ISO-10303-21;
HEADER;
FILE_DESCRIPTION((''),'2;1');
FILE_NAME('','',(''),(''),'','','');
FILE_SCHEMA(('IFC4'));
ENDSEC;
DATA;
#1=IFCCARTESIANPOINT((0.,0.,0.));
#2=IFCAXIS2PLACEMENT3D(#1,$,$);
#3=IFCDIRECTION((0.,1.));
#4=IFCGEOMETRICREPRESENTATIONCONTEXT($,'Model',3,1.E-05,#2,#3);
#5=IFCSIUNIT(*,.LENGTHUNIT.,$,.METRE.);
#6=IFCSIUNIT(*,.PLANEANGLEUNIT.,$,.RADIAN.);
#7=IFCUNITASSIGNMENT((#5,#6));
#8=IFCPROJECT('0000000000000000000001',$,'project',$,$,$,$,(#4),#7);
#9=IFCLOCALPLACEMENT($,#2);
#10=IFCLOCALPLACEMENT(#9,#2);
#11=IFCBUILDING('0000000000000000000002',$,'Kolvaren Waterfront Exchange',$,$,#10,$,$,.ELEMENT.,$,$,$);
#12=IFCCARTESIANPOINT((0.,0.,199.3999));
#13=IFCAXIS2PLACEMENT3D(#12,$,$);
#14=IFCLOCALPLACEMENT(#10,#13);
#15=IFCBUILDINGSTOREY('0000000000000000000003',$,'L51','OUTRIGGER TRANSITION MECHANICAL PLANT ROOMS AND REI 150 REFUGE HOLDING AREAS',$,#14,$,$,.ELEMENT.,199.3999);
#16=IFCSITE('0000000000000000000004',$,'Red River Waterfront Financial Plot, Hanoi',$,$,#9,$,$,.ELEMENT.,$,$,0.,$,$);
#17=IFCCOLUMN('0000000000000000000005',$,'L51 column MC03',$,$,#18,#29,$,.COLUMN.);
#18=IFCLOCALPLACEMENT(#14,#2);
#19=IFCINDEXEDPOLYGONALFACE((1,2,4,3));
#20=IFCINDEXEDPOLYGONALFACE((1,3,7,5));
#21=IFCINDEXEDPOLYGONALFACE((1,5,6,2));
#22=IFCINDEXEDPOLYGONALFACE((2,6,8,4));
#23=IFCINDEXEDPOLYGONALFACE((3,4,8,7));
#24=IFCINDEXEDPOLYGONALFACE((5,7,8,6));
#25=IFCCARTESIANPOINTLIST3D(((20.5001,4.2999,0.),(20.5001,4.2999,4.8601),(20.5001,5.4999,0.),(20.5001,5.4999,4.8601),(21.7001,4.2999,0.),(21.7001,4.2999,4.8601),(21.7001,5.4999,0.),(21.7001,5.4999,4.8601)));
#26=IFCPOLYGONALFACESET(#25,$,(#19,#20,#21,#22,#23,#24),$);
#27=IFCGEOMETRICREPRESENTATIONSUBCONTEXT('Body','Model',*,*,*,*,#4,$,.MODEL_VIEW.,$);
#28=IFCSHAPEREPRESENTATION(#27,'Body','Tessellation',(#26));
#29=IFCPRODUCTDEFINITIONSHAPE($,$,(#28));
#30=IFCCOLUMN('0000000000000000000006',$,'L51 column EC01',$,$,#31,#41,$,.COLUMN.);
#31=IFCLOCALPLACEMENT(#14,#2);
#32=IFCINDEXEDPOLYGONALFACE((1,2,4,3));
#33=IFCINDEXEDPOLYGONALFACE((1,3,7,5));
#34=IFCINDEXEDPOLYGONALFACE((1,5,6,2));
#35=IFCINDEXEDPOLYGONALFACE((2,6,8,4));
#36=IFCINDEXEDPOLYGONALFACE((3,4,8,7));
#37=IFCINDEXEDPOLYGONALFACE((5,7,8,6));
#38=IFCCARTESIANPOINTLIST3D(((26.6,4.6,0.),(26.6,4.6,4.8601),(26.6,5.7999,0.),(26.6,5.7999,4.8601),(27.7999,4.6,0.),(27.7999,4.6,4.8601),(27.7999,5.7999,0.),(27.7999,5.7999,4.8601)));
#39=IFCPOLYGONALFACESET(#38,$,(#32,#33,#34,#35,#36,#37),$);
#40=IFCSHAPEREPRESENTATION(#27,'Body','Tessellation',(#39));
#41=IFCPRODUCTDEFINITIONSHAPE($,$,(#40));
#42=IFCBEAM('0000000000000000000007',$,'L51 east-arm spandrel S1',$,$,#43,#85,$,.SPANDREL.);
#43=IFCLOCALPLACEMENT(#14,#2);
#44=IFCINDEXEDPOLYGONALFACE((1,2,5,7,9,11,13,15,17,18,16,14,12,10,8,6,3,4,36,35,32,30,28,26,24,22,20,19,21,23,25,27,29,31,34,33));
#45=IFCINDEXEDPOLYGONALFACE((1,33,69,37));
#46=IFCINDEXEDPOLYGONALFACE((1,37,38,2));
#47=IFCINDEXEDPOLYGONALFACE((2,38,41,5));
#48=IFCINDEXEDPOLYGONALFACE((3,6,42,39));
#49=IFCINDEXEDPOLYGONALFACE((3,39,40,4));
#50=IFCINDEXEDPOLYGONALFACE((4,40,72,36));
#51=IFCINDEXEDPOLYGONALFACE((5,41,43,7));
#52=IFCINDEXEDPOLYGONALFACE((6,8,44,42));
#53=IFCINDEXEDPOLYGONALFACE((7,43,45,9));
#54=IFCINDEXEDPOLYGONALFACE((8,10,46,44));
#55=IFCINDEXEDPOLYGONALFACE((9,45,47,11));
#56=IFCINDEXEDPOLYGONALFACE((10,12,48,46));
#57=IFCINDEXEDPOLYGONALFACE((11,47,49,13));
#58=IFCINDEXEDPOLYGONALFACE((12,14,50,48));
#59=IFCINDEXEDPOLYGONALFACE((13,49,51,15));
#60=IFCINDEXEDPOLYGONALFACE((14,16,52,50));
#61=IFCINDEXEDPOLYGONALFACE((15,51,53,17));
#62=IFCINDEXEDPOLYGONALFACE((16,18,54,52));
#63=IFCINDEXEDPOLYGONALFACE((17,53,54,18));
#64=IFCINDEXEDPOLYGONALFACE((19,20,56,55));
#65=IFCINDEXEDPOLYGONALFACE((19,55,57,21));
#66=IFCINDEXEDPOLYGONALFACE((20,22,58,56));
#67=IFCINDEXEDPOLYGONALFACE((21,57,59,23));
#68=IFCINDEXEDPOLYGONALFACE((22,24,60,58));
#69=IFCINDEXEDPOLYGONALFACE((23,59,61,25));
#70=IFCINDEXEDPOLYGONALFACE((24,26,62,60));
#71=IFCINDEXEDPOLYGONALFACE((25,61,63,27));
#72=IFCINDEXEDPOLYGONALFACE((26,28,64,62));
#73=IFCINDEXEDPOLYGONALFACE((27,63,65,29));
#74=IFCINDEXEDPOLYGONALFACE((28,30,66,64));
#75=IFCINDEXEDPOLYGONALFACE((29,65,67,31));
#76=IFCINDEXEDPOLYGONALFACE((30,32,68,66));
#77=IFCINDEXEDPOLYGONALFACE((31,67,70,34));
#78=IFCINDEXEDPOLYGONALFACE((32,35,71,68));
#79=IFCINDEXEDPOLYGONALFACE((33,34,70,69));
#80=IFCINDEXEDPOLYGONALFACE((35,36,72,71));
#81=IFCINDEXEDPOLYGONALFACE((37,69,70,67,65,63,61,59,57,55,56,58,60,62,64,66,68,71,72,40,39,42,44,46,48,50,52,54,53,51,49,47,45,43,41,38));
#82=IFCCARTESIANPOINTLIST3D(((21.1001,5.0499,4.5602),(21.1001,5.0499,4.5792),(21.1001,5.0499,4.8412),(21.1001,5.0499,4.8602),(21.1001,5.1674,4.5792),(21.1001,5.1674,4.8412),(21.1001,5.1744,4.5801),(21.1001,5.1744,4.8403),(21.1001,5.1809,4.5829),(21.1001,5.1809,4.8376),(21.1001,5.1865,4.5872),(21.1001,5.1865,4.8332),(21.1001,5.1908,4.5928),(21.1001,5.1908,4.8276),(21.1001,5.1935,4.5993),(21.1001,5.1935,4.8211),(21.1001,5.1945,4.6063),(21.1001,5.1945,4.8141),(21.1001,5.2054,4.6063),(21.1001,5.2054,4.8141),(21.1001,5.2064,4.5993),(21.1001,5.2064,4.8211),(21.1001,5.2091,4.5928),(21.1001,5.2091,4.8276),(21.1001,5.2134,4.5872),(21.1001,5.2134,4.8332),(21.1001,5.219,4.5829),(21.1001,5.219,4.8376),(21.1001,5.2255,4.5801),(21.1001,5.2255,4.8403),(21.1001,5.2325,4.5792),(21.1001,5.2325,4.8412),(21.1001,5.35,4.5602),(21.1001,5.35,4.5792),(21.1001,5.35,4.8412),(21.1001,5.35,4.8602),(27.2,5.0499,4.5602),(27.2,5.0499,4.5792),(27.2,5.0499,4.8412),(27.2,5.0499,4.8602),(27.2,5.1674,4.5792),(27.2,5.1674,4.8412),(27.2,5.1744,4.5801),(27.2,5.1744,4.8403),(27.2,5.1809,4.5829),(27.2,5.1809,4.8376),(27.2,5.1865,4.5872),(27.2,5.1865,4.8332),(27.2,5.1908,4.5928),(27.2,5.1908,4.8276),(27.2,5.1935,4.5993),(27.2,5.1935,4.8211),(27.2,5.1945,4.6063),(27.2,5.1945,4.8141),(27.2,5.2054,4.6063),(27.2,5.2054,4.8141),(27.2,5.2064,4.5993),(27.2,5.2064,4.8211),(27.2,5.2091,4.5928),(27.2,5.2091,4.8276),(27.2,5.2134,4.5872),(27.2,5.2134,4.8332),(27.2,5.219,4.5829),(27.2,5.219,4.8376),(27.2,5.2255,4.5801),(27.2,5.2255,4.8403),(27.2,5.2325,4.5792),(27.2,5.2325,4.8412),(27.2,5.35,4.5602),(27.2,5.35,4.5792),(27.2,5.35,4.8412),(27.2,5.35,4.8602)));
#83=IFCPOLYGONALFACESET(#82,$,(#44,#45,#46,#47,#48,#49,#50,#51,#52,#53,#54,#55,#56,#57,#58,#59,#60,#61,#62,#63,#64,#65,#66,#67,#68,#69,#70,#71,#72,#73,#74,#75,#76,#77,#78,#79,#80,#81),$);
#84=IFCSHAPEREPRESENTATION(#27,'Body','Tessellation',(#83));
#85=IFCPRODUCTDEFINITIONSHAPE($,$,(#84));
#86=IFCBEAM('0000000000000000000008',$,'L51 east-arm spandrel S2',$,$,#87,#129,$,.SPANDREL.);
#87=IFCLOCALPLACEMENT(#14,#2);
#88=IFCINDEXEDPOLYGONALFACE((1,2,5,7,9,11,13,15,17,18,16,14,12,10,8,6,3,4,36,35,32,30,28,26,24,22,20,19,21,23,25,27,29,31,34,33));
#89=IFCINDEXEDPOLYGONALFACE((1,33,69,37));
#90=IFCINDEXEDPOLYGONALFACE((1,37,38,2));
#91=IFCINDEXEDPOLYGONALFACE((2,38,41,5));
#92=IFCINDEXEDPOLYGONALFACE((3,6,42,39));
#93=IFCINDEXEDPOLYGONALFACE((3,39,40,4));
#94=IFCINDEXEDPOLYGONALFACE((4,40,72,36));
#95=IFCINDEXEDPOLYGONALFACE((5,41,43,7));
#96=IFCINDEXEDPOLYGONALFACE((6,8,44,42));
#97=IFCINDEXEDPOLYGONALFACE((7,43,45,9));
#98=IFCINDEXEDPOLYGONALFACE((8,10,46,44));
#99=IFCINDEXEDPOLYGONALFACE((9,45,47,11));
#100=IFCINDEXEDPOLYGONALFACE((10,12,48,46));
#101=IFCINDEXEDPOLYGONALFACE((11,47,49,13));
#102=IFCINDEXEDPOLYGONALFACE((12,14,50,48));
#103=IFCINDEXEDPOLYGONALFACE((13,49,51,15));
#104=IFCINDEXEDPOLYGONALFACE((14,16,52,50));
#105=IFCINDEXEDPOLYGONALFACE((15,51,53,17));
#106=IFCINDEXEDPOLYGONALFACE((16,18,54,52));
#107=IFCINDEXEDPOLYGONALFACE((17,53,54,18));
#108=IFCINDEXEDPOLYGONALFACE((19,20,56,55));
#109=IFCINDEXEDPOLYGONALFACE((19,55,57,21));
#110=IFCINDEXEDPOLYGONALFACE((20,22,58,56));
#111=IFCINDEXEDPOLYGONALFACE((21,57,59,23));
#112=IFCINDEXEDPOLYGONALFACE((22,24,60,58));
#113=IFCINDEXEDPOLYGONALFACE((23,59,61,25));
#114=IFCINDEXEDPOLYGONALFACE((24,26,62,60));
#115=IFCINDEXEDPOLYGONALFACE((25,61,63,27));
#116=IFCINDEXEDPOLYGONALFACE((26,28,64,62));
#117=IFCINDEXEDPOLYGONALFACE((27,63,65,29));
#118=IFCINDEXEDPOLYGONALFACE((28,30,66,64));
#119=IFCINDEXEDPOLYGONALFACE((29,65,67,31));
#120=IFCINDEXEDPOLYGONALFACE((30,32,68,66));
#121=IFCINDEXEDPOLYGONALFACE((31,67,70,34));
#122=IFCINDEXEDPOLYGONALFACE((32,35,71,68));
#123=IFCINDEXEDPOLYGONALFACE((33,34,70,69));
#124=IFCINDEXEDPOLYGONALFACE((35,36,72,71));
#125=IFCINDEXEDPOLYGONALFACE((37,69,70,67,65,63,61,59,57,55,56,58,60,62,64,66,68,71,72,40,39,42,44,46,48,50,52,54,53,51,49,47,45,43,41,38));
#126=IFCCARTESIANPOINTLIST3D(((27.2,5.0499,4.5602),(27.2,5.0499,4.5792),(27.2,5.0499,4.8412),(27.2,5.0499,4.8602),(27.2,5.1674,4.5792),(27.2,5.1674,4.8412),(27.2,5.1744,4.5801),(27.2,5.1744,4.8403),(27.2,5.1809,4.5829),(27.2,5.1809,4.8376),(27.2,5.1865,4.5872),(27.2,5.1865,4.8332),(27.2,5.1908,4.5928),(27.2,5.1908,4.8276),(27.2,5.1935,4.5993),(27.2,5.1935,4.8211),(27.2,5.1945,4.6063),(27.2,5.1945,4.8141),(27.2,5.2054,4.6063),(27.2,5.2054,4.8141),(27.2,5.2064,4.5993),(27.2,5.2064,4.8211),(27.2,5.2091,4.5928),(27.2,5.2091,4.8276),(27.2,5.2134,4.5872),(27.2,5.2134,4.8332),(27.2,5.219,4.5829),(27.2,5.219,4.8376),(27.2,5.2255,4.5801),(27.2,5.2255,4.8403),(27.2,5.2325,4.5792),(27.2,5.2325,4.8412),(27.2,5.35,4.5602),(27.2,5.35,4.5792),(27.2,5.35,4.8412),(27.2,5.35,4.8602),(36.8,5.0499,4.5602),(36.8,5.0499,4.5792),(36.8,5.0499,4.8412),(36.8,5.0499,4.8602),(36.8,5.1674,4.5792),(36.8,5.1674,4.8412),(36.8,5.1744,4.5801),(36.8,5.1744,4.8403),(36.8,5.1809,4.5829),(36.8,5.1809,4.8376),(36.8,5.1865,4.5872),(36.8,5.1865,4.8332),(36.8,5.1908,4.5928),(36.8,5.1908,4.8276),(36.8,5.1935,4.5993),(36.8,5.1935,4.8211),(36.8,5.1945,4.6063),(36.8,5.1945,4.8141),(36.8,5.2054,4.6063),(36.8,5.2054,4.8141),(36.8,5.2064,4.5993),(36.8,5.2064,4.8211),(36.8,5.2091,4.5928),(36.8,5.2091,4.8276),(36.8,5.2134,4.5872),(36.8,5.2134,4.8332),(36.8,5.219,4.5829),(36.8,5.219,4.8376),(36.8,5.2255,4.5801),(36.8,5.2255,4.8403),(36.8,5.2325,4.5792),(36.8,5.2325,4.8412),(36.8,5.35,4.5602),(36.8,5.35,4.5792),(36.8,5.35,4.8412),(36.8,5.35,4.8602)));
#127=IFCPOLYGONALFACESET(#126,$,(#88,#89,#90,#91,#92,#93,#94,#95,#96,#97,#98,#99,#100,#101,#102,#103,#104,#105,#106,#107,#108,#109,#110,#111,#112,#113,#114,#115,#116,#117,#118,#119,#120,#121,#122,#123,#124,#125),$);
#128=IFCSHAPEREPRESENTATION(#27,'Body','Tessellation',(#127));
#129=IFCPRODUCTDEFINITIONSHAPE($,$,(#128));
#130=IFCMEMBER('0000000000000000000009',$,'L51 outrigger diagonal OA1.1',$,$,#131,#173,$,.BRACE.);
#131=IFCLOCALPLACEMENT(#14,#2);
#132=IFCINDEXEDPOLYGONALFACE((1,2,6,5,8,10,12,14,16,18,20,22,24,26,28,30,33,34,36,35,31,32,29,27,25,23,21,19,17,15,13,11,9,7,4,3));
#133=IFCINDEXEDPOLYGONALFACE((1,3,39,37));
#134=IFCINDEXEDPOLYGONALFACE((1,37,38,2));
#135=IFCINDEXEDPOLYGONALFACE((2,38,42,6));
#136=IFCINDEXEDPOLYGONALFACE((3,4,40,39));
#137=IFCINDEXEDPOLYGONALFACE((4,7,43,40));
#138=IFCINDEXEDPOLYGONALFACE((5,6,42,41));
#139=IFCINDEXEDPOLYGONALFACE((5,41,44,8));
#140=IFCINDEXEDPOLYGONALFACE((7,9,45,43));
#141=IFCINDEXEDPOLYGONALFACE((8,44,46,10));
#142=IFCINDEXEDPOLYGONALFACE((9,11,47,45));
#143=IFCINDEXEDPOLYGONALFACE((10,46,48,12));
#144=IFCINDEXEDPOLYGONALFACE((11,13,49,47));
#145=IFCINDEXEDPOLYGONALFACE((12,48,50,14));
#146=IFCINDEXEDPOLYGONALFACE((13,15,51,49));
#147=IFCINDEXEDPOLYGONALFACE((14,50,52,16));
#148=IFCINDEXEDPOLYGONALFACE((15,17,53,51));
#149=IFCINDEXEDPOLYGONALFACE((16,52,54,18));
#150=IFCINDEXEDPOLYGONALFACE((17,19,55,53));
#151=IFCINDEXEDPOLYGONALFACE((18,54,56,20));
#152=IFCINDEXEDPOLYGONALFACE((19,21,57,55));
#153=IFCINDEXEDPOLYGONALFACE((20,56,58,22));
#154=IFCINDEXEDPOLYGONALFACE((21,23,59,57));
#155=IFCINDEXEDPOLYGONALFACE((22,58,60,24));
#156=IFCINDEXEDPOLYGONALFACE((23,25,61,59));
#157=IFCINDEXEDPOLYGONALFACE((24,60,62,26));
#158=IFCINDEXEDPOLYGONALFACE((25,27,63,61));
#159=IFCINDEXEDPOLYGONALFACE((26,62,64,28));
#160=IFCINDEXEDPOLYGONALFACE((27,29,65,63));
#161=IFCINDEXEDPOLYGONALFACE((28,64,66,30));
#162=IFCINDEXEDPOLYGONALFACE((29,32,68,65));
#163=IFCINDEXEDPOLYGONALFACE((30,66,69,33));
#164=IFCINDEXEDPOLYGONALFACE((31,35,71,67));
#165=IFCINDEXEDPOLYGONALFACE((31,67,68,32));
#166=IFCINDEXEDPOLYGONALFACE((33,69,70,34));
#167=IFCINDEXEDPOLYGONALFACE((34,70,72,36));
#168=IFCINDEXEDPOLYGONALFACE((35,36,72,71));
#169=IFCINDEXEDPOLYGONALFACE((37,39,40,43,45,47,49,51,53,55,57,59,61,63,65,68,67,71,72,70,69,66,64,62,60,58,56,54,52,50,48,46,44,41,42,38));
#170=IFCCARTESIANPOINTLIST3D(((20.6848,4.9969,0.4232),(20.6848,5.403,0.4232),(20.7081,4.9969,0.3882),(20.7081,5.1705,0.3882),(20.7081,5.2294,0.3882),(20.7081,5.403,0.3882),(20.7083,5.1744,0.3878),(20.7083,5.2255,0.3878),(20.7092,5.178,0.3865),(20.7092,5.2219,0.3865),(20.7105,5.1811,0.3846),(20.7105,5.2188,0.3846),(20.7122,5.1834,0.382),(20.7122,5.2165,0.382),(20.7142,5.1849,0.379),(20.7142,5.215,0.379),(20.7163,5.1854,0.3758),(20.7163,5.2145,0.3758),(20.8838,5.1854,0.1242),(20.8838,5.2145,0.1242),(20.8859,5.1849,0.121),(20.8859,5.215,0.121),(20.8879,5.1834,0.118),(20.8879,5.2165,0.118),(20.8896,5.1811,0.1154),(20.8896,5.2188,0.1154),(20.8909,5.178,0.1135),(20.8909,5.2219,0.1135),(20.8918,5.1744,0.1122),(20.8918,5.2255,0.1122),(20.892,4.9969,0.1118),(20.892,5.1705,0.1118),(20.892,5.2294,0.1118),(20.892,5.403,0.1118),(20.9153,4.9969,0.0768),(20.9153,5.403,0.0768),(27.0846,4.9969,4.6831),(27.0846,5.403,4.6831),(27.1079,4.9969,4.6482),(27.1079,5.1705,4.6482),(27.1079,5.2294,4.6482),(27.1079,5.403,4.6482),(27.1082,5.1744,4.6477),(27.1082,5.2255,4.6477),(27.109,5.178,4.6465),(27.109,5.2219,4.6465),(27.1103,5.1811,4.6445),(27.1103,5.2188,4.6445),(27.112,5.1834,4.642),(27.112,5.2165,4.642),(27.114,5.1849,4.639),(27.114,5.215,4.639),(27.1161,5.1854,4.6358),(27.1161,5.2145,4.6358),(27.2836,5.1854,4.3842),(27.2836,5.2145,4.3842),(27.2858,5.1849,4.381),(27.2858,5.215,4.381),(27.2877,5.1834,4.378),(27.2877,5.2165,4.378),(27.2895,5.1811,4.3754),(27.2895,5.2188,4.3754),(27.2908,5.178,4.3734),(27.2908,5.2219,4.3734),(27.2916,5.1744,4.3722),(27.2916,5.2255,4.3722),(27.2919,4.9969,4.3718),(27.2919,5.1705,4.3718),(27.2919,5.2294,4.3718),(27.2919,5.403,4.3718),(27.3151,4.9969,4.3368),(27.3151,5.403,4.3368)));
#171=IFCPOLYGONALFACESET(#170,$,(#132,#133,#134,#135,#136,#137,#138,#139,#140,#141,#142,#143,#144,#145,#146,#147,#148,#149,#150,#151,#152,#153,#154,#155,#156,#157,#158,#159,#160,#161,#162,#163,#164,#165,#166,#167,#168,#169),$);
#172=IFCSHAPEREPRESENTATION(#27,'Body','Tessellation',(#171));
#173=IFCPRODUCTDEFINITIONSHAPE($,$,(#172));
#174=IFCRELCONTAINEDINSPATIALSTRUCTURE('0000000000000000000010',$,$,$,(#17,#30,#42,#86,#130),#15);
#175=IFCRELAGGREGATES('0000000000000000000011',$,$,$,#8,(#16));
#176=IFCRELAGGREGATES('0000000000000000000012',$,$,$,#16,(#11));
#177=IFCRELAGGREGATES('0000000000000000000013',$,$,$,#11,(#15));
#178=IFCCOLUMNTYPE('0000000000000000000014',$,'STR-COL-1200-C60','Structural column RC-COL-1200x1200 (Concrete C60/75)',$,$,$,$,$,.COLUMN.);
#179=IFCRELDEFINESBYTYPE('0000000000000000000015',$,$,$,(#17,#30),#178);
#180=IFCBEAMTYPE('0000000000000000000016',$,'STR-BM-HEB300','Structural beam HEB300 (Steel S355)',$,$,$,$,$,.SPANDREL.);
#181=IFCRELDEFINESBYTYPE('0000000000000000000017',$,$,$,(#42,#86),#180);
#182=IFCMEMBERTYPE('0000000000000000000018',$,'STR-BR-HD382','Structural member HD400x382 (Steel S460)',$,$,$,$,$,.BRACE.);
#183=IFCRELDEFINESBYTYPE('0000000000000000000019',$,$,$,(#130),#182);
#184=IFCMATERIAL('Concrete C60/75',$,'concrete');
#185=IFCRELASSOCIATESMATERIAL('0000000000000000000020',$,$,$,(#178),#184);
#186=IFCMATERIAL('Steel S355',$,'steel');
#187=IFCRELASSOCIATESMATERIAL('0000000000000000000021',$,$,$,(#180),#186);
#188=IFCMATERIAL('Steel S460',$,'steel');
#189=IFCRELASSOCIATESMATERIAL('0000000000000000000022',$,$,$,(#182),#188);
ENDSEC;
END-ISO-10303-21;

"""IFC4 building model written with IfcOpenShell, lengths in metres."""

from ifc_helpers import new_model, si_unit, direction, frame, origin, origin_2d, place, context, subcontext, project, spatial, rectangle, i_section, extrude, material, material_profile, profile_set, type_object, element, save


model = new_model("IFC4")

# Units and contexts
model_context = context("Model", 3, precision=1e-05, world=origin(), true_north=direction((0.0, 1.0)))
body_context = subcontext(model_context, "Body", "Model", "MODEL_VIEW")
ifc_project = project(units=[si_unit("LENGTHUNIT", "METRE"), si_unit("PLANEANGLEUNIT", "RADIAN")], contexts=[model_context])

# Site, building, storey
site_placement = place(None, origin())
site = spatial("IfcSite", under=ifc_project, at=site_placement, Name="Red River Waterfront Financial Plot, Hanoi", CompositionType="ELEMENT", RefElevation=0.0)
building_placement = place(site_placement, origin())
building = spatial("IfcBuilding", under=site, at=building_placement, Name="Kolvaren Waterfront Exchange", CompositionType="ELEMENT")
storey_placement = place(building_placement, frame((0.0, 0.0, 199.3999)))
storey = spatial("IfcBuildingStorey", under=building, at=storey_placement, Name="L51", Description="OUTRIGGER TRANSITION MECHANICAL PLANT ROOMS AND REI 150 REFUGE HOLDING AREAS", CompositionType="ELEMENT", Elevation=199.3999)

# Columns
ifc_material_1 = material(Name="Concrete C60/75", Category="concrete")
ifc_material_profile_1 = material_profile(ifc_material_1, rectangle(XDim=1.2, YDim=1.2, at=origin_2d()), Name="RC-COL-1200x1200")
ifc_profile_set_1 = profile_set([ifc_material_profile_1], Name="Concrete C60/75")
column_type = type_object("IfcColumnType", Name="STR-COL-1200-C60", Description="Structural column RC-COL-1200x1200 (Concrete C60/75)", PredefinedType="COLUMN", material=ifc_profile_set_1)
for number, where, z_axis, x_axis, name in (
    (1, (21.1001, 4.8999, 0.0), (0.0, 0.0, 1.0), (1.0, 0.0, 0.0), "L51 column MC03"),
    (2, (27.2, 5.2, 0.0), (0.0, 0.0, 1.0), (1.0, 0.0, 0.0), "L51 column EC01"),
):
    element("IfcColumn", number, at=place(storey_placement, frame(where, z_axis=z_axis, x_axis=x_axis)), inside=storey, type_object=column_type, Name=name, PredefinedType="COLUMN", context=body_context, shape_type="SweptSolid", body=[
        extrude(rectangle(XDim=1.2, YDim=1.2, at=origin_2d()), origin(), (0.0, 0.0, 1.0), 4.8601),
    ])

# Beams
ifc_material_2 = material(Name="Steel S355", Category="steel")
ifc_material_profile_2 = material_profile(ifc_material_2, i_section(OverallWidth=0.3, OverallDepth=0.3, WebThickness=0.011, FlangeThickness=0.019, FilletRadius=0.0271, at=origin_2d()), Name="HEB300")
ifc_profile_set_2 = profile_set([ifc_material_profile_2], Name="Steel S355")
beam_type = type_object("IfcBeamType", Name="STR-BM-HEB300", Description="Structural beam HEB300 (Steel S355)", PredefinedType="SPANDREL", material=ifc_profile_set_2)
beam_1_placement = place(storey_placement, frame((21.1001, 5.2, 4.7102), z_axis=(1.0, 0.0, 0.0), x_axis=(0.0, 1.0, 0.0)))
element("IfcBeam", 3, at=beam_1_placement, inside=storey, type_object=beam_type, Name="L51 east-arm spandrel S1", PredefinedType="SPANDREL", context=body_context, shape_type="SweptSolid", body=[
    extrude(i_section(OverallWidth=0.3, OverallDepth=0.3, WebThickness=0.011, FlangeThickness=0.019, FilletRadius=0.0271, at=origin_2d()), origin(), (0.0, 0.0, 1.0), 6.0999),
])
beam_2_placement = place(storey_placement, frame((27.2, 5.2, 4.7102), z_axis=(1.0, 0.0, 0.0), x_axis=(0.0, 1.0, 0.0)))
element("IfcBeam", 4, at=beam_2_placement, inside=storey, type_object=beam_type, Name="L51 east-arm spandrel S2", PredefinedType="SPANDREL", context=body_context, shape_type="SweptSolid", body=[
    extrude(i_section(OverallWidth=0.3, OverallDepth=0.3, WebThickness=0.011, FlangeThickness=0.019, FilletRadius=0.0271, at=origin_2d()), origin(), (0.0, 0.0, 1.0), 9.6001),
])

# Member
ifc_material_3 = material(Name="Steel S460", Category="steel")
ifc_material_profile_3 = material_profile(ifc_material_3, i_section(OverallWidth=0.406, OverallDepth=0.416, WebThickness=0.0291, FlangeThickness=0.042, FilletRadius=0.0149, at=origin_2d()), Name="HD400x382")
ifc_profile_set_3 = profile_set([ifc_material_profile_3], Name="Steel S460")
member_type_1 = type_object("IfcMemberType", Name="STR-BR-HD382", Description="Structural member HD400x382 (Steel S460)", PredefinedType="BRACE", material=ifc_profile_set_3)
member_1_placement = place(storey_placement, frame((20.8, 5.2, 0.25), z_axis=(0.832446, 0.0, 0.554106), x_axis=(0.0, 1.0, 0.0)))
element("IfcMember", 5, at=member_1_placement, inside=storey, type_object=member_type_1, Name="L51 outrigger diagonal OA1.1", PredefinedType="BRACE", context=body_context, shape_type="SweptSolid", body=[
    extrude(i_section(OverallWidth=0.406, OverallDepth=0.416, WebThickness=0.0291, FlangeThickness=0.042, FilletRadius=0.0149, at=origin_2d()), origin(), (0.0, 0.0, 1.0), 7.688),
])

save(model, "model.ifc")
